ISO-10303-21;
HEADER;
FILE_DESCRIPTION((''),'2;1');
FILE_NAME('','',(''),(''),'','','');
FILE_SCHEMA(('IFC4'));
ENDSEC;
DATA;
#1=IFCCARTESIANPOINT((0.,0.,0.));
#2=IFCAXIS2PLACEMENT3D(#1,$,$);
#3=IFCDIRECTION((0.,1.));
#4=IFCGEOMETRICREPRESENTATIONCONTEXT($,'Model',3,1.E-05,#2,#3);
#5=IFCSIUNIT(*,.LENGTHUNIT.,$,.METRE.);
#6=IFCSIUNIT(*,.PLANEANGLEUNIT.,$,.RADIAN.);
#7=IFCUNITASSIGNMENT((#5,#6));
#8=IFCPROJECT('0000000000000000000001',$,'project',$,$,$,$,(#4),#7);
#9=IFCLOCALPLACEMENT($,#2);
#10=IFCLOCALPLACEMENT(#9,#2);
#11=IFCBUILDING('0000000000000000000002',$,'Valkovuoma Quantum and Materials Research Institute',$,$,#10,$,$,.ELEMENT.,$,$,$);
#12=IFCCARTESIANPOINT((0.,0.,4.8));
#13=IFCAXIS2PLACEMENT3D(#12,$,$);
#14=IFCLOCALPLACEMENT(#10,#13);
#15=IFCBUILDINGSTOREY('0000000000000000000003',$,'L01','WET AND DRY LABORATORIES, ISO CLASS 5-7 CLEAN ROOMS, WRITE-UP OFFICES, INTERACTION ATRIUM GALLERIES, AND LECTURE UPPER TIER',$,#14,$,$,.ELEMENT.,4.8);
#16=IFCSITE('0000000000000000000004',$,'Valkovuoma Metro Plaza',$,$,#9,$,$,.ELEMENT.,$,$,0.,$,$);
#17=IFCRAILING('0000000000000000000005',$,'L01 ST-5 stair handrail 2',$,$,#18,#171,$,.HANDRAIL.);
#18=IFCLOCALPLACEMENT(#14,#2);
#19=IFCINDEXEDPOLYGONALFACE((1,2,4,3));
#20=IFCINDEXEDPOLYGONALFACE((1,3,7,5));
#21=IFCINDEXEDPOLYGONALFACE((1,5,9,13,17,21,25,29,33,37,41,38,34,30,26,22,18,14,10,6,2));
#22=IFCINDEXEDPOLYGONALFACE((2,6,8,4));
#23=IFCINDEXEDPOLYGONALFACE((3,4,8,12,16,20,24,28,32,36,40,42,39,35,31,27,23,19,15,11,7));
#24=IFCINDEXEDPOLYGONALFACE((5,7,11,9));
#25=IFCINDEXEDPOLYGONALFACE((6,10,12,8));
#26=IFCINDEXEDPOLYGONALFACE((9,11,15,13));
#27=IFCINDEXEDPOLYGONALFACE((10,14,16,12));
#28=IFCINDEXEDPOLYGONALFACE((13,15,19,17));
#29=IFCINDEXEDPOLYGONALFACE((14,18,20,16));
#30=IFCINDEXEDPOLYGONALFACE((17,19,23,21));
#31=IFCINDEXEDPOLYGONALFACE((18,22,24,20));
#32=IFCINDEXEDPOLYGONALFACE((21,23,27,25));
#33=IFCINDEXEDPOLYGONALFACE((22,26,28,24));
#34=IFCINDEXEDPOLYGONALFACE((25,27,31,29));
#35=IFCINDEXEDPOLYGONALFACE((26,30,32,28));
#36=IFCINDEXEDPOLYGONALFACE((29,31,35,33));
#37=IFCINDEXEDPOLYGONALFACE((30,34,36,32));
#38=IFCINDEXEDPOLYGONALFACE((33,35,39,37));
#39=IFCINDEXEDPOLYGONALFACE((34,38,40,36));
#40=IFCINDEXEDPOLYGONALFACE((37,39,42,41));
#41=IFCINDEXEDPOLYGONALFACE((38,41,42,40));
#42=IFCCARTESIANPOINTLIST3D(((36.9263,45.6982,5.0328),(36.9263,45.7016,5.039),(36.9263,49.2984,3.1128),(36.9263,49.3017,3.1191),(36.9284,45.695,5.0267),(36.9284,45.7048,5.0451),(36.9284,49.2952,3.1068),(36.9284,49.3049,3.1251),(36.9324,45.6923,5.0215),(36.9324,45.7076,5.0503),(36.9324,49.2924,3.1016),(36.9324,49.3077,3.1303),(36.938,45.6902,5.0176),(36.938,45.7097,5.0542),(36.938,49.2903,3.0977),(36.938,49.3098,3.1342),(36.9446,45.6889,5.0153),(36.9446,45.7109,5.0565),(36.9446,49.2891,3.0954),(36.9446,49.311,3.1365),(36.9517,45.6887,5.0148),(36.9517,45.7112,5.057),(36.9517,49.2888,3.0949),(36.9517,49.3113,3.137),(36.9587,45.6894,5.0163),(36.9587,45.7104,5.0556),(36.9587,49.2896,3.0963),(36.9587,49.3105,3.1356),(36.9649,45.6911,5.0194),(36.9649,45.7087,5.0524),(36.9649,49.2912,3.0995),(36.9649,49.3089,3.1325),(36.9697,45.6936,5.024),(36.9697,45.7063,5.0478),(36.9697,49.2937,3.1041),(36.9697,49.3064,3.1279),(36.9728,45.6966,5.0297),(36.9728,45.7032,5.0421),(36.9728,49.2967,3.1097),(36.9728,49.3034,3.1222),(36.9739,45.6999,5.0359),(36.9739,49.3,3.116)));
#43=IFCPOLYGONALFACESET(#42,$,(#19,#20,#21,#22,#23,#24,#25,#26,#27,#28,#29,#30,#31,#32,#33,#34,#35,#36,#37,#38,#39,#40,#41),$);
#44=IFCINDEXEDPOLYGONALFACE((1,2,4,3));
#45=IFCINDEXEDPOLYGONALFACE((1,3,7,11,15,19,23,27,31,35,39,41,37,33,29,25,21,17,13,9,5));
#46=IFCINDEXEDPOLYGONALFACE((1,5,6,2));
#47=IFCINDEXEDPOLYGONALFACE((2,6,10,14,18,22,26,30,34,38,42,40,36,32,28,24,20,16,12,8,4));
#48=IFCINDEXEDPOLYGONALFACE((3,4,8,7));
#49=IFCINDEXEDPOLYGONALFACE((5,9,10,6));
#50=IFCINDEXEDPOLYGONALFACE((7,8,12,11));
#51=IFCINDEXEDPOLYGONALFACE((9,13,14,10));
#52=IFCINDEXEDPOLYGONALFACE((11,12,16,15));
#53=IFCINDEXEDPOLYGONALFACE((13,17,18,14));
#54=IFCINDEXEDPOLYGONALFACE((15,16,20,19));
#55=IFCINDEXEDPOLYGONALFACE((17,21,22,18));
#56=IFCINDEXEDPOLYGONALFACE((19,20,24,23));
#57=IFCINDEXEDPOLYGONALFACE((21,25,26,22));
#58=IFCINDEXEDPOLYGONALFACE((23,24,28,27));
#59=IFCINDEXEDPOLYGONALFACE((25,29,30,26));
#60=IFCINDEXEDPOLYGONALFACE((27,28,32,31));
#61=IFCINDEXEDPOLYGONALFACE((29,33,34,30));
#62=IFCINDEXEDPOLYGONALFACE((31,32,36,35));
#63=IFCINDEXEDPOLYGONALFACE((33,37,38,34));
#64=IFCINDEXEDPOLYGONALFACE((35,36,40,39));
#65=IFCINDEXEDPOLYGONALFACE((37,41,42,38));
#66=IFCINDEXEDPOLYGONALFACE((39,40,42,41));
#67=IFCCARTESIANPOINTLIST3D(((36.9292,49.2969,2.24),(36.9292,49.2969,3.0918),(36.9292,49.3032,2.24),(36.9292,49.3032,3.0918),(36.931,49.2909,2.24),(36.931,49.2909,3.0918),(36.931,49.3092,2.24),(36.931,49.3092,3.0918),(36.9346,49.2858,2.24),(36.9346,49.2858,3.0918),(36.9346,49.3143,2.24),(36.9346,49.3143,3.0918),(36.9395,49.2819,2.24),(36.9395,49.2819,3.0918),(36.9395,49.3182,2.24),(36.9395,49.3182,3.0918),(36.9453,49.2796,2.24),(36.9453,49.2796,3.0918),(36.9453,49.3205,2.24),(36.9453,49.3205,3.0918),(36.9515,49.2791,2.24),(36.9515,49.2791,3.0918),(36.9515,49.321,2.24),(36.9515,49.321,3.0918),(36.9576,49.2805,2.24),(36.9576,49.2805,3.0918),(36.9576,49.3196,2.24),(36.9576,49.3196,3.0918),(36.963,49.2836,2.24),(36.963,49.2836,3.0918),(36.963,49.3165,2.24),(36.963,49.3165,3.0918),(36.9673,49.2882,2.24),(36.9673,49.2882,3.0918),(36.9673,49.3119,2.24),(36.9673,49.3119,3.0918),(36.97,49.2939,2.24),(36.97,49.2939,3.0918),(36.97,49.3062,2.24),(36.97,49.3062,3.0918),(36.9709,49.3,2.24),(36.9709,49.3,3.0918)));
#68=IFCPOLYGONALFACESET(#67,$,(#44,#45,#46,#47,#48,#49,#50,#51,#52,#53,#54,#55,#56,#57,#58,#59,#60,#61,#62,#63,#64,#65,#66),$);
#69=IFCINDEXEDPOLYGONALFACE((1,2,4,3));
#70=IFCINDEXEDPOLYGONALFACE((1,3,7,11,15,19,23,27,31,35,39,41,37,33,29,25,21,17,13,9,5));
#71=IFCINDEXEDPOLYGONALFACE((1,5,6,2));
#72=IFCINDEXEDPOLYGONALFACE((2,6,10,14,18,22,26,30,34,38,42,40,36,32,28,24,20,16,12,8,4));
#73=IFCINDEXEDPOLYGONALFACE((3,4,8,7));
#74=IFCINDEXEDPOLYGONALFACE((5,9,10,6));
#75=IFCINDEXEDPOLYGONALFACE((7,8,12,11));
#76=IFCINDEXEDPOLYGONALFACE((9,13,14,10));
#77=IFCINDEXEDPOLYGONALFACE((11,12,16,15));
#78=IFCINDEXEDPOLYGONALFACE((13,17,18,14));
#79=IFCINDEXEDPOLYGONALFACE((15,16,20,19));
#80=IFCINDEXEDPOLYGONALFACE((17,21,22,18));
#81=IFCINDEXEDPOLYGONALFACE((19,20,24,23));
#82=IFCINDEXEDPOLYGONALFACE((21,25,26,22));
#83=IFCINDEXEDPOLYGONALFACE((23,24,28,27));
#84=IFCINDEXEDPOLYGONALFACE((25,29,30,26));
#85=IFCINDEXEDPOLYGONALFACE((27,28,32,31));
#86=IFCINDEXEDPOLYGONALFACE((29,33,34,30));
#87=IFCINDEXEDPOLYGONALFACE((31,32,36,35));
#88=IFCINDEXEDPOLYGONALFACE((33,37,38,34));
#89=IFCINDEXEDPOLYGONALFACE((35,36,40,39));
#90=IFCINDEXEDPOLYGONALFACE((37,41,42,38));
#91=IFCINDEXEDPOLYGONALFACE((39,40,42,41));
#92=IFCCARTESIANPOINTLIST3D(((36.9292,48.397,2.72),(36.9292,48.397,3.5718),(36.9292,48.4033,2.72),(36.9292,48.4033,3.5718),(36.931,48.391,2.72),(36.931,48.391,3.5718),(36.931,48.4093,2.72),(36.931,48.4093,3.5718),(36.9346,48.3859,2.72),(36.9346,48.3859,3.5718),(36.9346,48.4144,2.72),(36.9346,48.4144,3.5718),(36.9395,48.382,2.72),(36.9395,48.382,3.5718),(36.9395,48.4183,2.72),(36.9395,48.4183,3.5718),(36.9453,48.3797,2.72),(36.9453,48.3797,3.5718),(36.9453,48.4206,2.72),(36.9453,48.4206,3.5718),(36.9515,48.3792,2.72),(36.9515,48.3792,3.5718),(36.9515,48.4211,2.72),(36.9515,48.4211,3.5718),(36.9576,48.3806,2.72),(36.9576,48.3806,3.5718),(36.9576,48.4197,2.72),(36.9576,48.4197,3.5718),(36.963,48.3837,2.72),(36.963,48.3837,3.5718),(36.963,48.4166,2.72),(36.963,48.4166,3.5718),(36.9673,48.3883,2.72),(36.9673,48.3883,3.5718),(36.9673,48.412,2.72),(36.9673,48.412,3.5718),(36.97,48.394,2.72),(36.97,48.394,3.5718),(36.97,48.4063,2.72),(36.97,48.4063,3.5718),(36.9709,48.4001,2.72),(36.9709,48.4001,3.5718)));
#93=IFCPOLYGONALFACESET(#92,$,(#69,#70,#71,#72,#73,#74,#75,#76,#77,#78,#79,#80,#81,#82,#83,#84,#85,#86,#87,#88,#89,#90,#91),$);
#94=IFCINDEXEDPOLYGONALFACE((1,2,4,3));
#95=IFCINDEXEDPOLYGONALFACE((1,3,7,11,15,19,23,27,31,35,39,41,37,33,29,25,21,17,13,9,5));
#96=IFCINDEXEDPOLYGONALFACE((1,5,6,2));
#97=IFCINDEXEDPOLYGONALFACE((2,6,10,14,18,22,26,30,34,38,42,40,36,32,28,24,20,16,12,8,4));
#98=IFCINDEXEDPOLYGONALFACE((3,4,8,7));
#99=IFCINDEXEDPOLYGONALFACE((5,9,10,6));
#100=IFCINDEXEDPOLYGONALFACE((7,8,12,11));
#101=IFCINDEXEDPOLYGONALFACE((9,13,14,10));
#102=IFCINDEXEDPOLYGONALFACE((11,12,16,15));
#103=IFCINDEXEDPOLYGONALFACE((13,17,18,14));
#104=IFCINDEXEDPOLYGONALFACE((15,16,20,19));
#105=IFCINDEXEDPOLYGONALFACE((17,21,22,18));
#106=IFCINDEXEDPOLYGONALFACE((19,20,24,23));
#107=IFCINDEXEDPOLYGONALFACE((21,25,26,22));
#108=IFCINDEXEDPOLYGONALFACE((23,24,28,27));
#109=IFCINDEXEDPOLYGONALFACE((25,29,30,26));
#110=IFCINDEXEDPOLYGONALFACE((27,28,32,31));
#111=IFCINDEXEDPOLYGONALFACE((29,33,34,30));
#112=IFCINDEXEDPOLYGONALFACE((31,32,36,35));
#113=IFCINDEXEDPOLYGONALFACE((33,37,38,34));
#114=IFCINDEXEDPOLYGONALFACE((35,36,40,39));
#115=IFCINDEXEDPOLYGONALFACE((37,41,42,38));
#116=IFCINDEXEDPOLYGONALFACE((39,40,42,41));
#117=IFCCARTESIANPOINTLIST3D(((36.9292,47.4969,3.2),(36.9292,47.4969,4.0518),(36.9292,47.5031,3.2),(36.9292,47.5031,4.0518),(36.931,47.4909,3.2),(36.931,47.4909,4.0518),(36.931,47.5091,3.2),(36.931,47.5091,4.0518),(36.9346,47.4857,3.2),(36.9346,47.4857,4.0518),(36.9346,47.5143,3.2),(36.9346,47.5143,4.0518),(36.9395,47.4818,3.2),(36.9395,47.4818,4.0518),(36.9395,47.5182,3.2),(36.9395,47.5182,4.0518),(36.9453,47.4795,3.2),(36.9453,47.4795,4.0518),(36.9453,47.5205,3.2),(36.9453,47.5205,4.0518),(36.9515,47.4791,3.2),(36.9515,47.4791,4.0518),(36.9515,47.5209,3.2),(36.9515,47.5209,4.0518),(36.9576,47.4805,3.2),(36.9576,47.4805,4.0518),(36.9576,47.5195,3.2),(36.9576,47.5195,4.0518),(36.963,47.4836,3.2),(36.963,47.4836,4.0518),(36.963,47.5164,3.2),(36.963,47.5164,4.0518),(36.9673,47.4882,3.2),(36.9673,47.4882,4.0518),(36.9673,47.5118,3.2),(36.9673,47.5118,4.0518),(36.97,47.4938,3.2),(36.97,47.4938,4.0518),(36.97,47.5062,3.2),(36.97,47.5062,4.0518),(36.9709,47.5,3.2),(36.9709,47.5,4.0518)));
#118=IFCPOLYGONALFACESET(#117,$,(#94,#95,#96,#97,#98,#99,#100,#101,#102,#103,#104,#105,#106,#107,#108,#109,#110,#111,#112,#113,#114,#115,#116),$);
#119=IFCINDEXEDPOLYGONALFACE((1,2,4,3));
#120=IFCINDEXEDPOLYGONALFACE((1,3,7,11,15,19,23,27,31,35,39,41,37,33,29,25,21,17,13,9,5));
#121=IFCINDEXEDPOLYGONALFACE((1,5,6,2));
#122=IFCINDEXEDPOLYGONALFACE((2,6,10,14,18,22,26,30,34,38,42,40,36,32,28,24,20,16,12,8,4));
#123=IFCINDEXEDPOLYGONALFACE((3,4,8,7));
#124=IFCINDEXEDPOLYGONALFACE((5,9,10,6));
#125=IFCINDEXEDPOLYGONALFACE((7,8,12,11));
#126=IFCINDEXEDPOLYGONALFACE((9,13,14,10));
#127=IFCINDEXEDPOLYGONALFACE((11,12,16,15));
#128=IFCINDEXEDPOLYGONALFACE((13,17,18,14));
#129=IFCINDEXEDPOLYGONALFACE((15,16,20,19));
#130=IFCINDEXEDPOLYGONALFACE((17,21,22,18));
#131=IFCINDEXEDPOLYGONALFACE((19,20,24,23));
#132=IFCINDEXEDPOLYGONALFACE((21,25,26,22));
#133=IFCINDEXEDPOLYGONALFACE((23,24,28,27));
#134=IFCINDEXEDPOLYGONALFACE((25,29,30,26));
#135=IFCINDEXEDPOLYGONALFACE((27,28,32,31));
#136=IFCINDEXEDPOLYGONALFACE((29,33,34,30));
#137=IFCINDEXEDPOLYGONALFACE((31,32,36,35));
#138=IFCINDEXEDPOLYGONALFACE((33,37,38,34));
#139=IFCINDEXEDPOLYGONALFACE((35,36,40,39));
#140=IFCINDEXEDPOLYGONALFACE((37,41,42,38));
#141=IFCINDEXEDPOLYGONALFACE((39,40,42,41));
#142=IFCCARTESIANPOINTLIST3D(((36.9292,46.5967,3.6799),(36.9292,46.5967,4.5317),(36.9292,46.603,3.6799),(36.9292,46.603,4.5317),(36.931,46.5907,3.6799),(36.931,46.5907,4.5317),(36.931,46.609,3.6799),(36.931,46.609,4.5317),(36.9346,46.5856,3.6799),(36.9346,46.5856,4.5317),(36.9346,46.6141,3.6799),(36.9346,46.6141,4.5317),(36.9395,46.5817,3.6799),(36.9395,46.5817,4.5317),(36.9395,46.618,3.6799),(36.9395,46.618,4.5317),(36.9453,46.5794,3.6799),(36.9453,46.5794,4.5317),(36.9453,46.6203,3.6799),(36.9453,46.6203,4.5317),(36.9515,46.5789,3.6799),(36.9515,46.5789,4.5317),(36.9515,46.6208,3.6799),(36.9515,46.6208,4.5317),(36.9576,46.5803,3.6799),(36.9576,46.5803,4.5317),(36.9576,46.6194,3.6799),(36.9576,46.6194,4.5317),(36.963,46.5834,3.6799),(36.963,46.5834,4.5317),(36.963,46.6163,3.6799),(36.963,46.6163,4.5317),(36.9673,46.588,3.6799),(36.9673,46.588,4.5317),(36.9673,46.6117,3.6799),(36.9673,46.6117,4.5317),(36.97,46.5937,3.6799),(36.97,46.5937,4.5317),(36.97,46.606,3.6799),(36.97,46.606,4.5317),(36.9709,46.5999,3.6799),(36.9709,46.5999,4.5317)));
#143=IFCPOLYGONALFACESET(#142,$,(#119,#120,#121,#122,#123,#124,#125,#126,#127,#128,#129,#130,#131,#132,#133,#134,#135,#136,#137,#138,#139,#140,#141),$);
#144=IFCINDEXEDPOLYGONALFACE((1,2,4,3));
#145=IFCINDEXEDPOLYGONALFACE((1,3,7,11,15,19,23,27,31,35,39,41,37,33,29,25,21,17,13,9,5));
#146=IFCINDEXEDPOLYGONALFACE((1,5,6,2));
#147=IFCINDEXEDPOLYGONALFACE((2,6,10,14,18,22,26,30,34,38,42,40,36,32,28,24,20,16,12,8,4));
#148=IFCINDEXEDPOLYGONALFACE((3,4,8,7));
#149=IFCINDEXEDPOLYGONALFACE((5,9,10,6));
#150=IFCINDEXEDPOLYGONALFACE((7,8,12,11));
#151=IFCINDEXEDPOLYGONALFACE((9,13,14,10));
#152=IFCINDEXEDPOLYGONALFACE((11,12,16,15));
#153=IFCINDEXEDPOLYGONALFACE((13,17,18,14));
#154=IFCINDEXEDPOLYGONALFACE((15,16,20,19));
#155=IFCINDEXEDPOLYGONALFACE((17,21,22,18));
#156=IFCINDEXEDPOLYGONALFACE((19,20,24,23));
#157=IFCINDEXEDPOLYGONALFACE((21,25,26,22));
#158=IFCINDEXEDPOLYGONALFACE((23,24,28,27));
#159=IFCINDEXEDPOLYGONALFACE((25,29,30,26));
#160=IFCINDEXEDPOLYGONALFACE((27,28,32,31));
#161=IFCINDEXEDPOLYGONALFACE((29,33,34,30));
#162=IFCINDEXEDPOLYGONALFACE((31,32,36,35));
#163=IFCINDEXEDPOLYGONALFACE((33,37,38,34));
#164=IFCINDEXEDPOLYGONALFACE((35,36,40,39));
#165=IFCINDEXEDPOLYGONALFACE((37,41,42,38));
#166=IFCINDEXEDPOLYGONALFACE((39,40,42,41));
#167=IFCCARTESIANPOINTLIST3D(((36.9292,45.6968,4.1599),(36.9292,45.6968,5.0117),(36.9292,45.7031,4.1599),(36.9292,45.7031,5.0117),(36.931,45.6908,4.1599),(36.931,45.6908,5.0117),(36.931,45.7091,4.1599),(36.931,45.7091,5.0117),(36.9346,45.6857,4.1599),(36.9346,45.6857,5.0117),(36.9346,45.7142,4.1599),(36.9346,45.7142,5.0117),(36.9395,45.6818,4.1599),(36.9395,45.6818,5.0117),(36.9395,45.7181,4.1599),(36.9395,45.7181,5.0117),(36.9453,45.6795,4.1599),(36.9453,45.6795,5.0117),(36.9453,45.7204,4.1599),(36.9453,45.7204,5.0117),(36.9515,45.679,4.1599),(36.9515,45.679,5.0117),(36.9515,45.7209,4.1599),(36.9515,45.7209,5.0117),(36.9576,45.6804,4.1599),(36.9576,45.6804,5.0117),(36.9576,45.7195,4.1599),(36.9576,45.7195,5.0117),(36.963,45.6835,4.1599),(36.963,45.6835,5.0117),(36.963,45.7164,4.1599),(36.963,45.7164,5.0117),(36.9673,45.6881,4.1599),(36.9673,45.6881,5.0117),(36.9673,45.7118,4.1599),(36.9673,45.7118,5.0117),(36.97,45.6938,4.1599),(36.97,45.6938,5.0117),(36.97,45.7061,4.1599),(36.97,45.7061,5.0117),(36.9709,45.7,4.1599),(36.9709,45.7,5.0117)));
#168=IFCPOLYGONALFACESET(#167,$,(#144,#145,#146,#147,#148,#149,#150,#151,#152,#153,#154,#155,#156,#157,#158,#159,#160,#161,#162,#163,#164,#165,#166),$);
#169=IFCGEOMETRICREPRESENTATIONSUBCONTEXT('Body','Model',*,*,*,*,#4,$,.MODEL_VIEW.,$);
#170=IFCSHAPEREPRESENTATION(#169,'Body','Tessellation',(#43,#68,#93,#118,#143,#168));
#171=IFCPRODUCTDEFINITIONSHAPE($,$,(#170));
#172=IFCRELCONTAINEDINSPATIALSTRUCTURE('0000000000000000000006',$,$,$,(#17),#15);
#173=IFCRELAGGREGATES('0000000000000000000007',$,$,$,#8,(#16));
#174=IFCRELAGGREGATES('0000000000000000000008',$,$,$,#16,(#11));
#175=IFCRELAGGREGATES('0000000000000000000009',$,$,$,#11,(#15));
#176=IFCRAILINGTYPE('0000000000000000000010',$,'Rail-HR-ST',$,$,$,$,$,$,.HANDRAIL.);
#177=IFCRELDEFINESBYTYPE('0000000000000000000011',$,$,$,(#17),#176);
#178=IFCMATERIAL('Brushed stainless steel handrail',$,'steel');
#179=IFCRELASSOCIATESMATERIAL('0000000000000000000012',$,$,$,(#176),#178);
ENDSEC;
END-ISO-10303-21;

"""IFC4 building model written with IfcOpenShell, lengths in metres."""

from ifc_helpers import new_model, si_unit, direction, frame, origin, origin_2d, place, context, subcontext, project, spatial, circle, extrude, material, type_object, element, save


model = new_model("IFC4")

# Units and contexts
model_context = context("Model", 3, precision=1e-05, world=origin(), true_north=direction((0.0, 1.0)))
body_context = subcontext(model_context, "Body", "Model", "MODEL_VIEW")
ifc_project = project(units=[si_unit("LENGTHUNIT", "METRE"), si_unit("PLANEANGLEUNIT", "RADIAN")], contexts=[model_context])

# Site, building, storey
site_placement = place(None, origin())
site = spatial("IfcSite", under=ifc_project, at=site_placement, Name="Valkovuoma Metro Plaza", CompositionType="ELEMENT", RefElevation=0.0)
building_placement = place(site_placement, origin())
building = spatial("IfcBuilding", under=site, at=building_placement, Name="Valkovuoma Quantum and Materials Research Institute", CompositionType="ELEMENT")
storey_placement = place(building_placement, frame((0.0, 0.0, 4.8)))
storey = spatial("IfcBuildingStorey", under=building, at=storey_placement, Name="L01", Description="WET AND DRY LABORATORIES, ISO CLASS 5-7 CLEAN ROOMS, WRITE-UP OFFICES, INTERACTION ATRIUM GALLERIES, AND LECTURE UPPER TIER", CompositionType="ELEMENT", Elevation=4.8)

# Railing
ifc_material_1 = material(Name="Brushed stainless steel handrail", Category="steel")
railing_type_1 = type_object("IfcRailingType", Name="Rail-HR-ST", PredefinedType="HANDRAIL", material=ifc_material_1)
railing_1_placement = place(storey_placement, frame((36.95, 49.3, 2.24)))
element("IfcRailing", 1, at=railing_1_placement, inside=storey, type_object=railing_type_1, Name="L01 ST-5 stair handrail 2", PredefinedType="HANDRAIL", context=body_context, shape_type="SweptSolid", body=[
    extrude(circle(Radius=0.0239, at=origin_2d()), frame((0.0, 0.0, 0.876), z_axis=(0.0, -0.882366, 0.470563), x_axis=(1.0, 0.0, 0.0)), (0.0, 0.0, 1.0), 4.0801),
    extrude(circle(Radius=0.021, at=origin_2d()), origin(), (0.0, 0.0, 1.0), 0.8518),
    extrude(circle(Radius=0.021, at=origin_2d()), frame((0.0, -0.8999, 0.48)), (0.0, 0.0, 1.0), 0.8518),
    extrude(circle(Radius=0.021, at=origin_2d()), frame((0.0, -1.8, 0.96)), (0.0, 0.0, 1.0), 0.8518),
    extrude(circle(Radius=0.021, at=origin_2d()), frame((0.0, -2.7002, 1.4399)), (0.0, 0.0, 1.0), 0.8518),
    extrude(circle(Radius=0.021, at=origin_2d()), frame((0.0, -3.6001, 1.9199)), (0.0, 0.0, 1.0), 0.8518),
])

save(model, "model.ifc")
